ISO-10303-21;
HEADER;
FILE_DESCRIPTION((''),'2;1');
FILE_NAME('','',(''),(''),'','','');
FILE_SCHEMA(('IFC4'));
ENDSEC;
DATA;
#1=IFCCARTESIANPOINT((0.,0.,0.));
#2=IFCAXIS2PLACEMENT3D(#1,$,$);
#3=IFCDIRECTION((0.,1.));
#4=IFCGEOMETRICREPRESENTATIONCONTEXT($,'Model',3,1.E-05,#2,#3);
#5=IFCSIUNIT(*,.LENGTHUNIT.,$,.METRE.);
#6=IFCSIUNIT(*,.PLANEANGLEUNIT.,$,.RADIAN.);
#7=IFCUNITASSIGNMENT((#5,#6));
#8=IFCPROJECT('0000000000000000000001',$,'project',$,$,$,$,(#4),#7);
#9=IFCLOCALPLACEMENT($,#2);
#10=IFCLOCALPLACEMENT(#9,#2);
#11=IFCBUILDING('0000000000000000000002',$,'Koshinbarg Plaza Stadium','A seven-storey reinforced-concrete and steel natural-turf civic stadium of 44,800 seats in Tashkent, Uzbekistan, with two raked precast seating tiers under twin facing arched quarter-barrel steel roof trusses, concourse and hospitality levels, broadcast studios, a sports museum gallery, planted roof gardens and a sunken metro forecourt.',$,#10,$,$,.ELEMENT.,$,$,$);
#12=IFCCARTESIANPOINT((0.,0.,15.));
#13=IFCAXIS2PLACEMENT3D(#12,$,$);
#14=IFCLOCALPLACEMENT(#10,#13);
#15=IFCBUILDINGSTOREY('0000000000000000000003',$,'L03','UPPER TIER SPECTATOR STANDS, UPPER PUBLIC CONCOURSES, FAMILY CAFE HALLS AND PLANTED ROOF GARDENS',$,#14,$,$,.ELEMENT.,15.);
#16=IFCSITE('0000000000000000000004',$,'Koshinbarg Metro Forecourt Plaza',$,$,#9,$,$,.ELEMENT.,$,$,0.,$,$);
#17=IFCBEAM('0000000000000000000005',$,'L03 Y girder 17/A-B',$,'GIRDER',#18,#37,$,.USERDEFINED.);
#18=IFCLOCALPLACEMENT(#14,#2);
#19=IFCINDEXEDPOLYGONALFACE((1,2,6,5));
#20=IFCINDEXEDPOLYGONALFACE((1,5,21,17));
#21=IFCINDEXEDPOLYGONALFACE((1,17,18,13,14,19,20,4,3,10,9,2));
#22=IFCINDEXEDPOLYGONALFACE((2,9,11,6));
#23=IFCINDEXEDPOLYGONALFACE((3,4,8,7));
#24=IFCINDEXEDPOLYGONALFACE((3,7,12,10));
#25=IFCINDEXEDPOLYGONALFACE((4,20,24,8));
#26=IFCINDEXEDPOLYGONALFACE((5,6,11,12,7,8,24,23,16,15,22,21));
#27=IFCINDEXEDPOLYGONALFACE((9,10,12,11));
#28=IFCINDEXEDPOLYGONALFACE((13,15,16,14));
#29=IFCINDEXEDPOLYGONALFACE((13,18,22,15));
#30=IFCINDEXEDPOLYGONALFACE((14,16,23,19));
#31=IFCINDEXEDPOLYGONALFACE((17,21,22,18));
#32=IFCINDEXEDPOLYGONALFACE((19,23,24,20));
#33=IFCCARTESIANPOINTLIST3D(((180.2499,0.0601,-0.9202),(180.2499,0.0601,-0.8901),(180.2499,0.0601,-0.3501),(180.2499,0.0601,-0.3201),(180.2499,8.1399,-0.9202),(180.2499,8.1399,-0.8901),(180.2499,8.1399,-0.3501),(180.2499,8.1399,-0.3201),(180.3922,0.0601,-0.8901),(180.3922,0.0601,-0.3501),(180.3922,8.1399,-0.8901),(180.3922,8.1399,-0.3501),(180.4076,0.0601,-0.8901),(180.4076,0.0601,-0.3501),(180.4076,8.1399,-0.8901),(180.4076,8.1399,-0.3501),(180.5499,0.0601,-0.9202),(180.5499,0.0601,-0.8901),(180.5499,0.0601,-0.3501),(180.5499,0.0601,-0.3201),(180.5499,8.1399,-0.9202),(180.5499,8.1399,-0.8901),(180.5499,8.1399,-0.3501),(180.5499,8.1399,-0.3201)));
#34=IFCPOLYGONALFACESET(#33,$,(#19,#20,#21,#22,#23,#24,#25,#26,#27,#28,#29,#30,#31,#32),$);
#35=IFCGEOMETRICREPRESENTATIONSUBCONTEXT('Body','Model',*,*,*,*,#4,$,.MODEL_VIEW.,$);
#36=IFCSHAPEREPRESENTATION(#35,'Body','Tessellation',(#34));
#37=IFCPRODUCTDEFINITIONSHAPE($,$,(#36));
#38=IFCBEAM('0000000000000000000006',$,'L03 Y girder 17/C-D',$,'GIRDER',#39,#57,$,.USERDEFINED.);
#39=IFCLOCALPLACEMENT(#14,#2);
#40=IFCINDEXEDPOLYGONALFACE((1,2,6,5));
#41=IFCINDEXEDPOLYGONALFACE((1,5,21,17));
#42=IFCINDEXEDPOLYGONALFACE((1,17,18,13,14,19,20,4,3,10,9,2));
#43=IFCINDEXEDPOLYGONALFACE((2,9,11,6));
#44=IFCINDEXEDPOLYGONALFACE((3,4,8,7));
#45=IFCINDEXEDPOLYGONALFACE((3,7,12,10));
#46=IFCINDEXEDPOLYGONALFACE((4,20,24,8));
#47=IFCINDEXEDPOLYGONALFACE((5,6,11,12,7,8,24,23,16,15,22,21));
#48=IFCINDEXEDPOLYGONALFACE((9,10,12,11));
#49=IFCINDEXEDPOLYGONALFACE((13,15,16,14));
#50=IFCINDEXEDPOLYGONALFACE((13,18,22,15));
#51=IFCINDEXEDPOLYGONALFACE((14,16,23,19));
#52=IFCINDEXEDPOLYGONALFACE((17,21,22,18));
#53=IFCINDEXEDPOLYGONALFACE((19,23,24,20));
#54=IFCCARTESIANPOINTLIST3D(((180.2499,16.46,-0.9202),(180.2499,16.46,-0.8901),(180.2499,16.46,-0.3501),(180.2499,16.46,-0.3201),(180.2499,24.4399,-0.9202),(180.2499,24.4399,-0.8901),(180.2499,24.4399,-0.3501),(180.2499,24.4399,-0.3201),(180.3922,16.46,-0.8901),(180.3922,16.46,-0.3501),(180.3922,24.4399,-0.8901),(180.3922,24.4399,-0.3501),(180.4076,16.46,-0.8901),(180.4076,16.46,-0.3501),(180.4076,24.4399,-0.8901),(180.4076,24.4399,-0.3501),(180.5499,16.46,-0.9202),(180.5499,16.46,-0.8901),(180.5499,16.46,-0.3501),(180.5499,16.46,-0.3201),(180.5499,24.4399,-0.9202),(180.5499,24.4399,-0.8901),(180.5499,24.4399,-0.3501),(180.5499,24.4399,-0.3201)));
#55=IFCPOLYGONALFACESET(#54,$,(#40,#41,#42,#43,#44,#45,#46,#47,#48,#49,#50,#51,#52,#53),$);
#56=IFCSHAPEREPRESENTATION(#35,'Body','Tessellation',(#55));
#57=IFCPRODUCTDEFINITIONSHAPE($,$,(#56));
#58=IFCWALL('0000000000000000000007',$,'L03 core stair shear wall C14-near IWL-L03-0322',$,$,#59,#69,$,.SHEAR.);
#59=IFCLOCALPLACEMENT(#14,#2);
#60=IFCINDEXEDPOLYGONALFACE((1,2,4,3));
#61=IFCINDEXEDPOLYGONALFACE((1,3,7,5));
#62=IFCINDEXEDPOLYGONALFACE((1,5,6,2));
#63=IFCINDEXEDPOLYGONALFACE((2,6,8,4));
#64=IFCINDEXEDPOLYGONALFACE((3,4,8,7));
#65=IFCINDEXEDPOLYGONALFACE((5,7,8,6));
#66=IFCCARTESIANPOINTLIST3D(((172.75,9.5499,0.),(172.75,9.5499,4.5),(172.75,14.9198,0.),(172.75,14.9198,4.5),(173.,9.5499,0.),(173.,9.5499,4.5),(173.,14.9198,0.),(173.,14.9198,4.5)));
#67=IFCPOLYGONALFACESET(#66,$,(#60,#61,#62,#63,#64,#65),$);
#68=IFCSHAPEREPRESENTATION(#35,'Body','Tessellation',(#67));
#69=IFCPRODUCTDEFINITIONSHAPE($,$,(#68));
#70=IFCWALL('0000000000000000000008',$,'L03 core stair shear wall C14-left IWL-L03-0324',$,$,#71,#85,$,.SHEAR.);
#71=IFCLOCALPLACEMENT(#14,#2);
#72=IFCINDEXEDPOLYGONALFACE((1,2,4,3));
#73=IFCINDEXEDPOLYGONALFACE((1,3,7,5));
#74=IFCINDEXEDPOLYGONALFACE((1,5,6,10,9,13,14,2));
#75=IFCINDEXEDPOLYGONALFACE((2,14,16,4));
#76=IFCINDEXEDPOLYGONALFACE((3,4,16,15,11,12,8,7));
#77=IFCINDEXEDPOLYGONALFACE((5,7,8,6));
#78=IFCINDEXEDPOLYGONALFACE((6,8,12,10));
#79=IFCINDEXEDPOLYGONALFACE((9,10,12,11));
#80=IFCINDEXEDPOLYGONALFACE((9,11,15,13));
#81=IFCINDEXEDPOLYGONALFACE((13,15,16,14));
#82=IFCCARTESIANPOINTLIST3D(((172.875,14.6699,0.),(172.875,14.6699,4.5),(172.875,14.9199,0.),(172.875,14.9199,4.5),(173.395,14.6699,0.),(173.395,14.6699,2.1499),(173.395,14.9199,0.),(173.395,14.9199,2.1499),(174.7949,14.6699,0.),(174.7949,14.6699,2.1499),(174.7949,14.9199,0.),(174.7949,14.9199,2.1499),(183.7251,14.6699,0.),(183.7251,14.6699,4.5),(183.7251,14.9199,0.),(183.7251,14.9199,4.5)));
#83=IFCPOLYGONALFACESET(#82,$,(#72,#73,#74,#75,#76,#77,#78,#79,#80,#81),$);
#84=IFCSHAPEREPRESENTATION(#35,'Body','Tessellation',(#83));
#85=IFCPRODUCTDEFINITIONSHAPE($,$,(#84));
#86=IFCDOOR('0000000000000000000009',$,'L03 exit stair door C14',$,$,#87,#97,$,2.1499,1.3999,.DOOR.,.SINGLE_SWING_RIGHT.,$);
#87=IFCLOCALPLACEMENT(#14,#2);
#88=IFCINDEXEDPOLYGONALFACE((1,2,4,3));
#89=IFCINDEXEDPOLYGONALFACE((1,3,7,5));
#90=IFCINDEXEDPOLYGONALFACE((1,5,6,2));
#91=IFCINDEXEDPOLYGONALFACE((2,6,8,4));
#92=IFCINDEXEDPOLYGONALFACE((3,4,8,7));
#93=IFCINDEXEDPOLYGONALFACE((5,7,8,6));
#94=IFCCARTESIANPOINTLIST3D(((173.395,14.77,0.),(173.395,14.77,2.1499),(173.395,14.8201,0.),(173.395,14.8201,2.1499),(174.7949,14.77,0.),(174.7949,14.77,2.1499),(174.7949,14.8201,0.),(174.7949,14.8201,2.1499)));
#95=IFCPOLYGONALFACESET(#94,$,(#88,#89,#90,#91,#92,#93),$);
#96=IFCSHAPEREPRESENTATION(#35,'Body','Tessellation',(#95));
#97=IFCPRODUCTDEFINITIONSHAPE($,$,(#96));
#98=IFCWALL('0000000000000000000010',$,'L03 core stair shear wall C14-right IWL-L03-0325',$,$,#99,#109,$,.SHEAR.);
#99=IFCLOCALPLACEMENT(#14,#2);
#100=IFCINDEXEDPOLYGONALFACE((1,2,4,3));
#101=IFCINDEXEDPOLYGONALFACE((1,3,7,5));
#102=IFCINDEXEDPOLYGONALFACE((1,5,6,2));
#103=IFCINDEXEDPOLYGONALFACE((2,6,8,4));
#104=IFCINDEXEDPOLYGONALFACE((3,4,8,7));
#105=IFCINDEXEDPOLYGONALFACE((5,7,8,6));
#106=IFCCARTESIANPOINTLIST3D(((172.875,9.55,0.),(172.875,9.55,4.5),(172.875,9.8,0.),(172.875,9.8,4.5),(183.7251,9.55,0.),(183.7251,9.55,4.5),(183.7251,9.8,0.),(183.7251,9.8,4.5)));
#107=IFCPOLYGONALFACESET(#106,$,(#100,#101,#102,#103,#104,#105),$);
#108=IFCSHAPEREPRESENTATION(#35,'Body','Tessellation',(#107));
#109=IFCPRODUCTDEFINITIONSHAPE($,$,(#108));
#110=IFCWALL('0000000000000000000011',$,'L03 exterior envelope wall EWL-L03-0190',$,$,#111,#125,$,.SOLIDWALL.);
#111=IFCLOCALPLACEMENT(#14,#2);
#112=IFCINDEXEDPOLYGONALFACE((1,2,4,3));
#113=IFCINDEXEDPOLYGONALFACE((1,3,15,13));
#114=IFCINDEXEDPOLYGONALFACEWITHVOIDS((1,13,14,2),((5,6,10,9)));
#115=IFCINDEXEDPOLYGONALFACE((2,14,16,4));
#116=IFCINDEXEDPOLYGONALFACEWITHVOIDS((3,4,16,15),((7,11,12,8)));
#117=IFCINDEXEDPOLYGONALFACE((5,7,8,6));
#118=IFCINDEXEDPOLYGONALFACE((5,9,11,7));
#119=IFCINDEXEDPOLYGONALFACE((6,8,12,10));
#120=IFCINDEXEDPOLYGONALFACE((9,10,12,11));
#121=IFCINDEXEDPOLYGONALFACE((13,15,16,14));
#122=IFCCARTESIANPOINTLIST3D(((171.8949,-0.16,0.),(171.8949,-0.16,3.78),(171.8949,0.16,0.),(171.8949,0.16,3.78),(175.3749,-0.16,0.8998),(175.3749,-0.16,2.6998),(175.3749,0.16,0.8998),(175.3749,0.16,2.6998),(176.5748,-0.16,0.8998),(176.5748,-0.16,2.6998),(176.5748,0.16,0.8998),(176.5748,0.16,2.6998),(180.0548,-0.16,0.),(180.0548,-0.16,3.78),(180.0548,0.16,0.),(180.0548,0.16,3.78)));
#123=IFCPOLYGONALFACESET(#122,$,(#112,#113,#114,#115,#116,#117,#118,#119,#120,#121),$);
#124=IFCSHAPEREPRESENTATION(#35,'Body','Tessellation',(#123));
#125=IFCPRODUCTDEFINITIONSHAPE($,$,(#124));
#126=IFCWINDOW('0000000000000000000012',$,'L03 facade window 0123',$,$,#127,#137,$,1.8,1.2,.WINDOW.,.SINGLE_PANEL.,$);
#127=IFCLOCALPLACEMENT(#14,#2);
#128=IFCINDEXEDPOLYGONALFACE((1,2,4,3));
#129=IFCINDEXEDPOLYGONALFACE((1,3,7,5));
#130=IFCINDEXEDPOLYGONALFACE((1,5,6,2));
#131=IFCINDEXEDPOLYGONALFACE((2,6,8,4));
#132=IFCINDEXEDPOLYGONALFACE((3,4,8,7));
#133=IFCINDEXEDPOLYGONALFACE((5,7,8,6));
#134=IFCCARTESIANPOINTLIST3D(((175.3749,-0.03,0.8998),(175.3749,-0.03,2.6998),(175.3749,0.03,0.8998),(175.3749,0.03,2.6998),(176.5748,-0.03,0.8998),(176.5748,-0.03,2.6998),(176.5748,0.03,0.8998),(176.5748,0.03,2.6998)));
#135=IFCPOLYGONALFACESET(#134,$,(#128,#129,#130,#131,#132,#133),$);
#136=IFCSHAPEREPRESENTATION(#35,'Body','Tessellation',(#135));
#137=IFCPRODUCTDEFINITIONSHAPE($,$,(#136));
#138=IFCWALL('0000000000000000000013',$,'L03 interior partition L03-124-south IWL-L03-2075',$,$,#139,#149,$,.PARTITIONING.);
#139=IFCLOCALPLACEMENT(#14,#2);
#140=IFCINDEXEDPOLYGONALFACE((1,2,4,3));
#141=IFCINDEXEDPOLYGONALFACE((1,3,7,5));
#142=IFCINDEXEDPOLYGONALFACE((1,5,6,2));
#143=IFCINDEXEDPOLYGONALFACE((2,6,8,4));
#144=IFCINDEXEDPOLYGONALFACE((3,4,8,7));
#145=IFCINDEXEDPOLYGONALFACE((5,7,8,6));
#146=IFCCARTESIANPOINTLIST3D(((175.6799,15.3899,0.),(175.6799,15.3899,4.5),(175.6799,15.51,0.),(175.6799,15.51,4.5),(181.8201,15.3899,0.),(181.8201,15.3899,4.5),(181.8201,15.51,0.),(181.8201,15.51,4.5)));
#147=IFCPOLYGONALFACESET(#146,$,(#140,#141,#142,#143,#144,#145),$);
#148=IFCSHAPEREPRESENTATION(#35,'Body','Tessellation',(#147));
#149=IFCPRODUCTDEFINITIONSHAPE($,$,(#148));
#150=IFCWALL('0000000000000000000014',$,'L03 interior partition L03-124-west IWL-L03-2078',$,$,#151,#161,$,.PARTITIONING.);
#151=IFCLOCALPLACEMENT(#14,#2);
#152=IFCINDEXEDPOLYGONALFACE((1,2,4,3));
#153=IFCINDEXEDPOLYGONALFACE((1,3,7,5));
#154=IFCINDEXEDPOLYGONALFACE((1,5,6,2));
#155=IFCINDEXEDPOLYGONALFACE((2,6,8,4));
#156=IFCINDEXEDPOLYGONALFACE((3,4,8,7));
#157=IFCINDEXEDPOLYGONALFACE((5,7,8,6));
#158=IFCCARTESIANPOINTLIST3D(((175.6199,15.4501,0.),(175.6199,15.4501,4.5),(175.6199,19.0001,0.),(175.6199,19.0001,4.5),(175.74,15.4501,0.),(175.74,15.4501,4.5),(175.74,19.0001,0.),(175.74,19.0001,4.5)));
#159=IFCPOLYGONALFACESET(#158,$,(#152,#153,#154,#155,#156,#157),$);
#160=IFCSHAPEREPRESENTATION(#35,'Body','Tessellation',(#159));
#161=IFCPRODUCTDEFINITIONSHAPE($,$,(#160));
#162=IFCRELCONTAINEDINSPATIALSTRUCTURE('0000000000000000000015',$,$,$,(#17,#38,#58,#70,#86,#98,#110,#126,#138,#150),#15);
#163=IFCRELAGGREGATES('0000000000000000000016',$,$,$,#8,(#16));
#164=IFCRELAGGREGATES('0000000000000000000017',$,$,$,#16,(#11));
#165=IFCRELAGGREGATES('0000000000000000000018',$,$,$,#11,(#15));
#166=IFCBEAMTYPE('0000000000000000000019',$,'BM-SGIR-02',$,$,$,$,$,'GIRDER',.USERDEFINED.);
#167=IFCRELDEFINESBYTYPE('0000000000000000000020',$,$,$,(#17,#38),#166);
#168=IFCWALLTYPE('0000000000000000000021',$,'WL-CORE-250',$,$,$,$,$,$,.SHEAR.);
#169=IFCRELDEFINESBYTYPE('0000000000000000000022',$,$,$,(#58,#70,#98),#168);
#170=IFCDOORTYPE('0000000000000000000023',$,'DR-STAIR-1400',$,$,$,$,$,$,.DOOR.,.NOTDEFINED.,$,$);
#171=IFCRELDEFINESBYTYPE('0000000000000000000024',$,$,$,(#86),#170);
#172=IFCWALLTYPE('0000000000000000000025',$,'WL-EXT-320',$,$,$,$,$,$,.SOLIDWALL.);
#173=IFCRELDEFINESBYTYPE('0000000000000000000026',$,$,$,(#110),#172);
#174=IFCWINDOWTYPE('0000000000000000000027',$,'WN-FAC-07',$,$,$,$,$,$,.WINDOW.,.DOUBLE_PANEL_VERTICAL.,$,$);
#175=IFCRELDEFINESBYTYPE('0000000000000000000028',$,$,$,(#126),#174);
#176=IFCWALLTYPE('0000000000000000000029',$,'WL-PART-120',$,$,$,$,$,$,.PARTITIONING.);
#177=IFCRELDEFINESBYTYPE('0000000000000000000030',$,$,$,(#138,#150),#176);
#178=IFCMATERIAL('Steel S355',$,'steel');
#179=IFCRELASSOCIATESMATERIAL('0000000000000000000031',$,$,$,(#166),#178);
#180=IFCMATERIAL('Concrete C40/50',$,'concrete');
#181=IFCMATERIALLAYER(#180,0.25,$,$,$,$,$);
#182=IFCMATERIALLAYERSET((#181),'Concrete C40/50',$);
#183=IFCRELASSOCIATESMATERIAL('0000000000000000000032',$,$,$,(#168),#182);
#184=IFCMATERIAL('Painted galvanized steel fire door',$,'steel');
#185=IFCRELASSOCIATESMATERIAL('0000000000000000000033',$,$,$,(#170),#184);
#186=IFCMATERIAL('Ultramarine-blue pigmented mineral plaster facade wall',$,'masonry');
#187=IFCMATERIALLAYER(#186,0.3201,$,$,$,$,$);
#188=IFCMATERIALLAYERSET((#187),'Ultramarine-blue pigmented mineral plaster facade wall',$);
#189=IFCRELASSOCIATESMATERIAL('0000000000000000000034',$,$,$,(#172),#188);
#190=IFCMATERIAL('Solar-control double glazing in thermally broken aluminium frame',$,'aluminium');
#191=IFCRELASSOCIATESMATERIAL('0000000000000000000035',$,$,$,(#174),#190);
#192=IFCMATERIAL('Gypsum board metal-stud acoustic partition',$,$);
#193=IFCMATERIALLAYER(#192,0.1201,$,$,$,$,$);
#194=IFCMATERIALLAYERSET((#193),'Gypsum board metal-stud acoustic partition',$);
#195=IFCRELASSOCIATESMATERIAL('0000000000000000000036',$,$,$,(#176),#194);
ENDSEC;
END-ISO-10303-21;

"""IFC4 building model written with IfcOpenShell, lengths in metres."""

from ifc_helpers import new_model, si_unit, direction, frame, frame_2d, origin, origin_2d, place, context, subcontext, project, spatial, rectangle, i_section, extrude, material, layer, layer_set, material_profile, profile_set, type_object, element, fill, save


model = new_model("IFC4")

# Units and contexts
model_context = context("Model", 3, precision=1e-05, world=origin(), true_north=direction((0.0, 1.0)))
body_context = subcontext(model_context, "Body", "Model", "MODEL_VIEW")
ifc_project = project(units=[si_unit("LENGTHUNIT", "METRE"), si_unit("PLANEANGLEUNIT", "RADIAN")], contexts=[model_context])

# Site, building, storey
site_placement = place(None, origin())
site = spatial("IfcSite", under=ifc_project, at=site_placement, Name="Koshinbarg Metro Forecourt Plaza", CompositionType="ELEMENT", RefElevation=0.0)
building_placement = place(site_placement, origin())
building = spatial("IfcBuilding", under=site, at=building_placement, Name="Koshinbarg Plaza Stadium", Description="A seven-storey reinforced-concrete and steel natural-turf civic stadium of 44,800 seats in Tashkent, Uzbekistan, with two raked precast seating tiers under twin facing arched quarter-barrel steel roof trusses, concourse and hospitality levels, broadcast studios, a sports museum gallery, planted roof gardens and a sunken metro forecourt.", CompositionType="ELEMENT")
storey_placement = place(building_placement, frame((0.0, 0.0, 15.0)))
storey = spatial("IfcBuildingStorey", under=building, at=storey_placement, Name="L03", Description="UPPER TIER SPECTATOR STANDS, UPPER PUBLIC CONCOURSES, FAMILY CAFE HALLS AND PLANTED ROOF GARDENS", CompositionType="ELEMENT", Elevation=15.0)

# Shared definitions
ifc_material_1 = material(Name="Concrete C40/50", Category="concrete")

# Beams
ifc_material_2 = material(Name="Steel S355", Category="steel")
ifc_material_profile_1 = material_profile(ifc_material_2, i_section(OverallWidth=0.3, OverallDepth=0.6001, WebThickness=0.0154, FlangeThickness=0.03, at=origin_2d()), Name="HEB 600")
ifc_profile_set_1 = profile_set([ifc_material_profile_1], Name="Steel S355")
beam_type_1 = type_object("IfcBeamType", Name="BM-SGIR-02", ElementType="GIRDER", PredefinedType="USERDEFINED", material=ifc_profile_set_1)
beam_1_placement = place(storey_placement, frame((180.3999, 0.0601, -0.6201), z_axis=(0.0, 1.0, 0.0), x_axis=(-1.0, 0.0, 0.0)))
element("IfcBeam", 1, at=beam_1_placement, inside=storey, type_object=beam_type_1, Name="L03 Y girder 17/A-B", ObjectType="GIRDER", PredefinedType="USERDEFINED", context=body_context, shape_type="SweptSolid", body=[
    extrude(i_section(OverallWidth=0.3, OverallDepth=0.6001, WebThickness=0.0154, FlangeThickness=0.03, at=origin_2d()), origin(), (0.0, 0.0, 1.0), 8.0798),
])
beam_2_placement = place(storey_placement, frame((180.3999, 16.46, -0.6201), z_axis=(0.0, 1.0, 0.0), x_axis=(-1.0, 0.0, 0.0)))
element("IfcBeam", 2, at=beam_2_placement, inside=storey, type_object=beam_type_1, Name="L03 Y girder 17/C-D", ObjectType="GIRDER", PredefinedType="USERDEFINED", context=body_context, shape_type="SweptSolid", body=[
    extrude(i_section(OverallWidth=0.3, OverallDepth=0.6001, WebThickness=0.0154, FlangeThickness=0.03, at=origin_2d()), origin(), (0.0, 0.0, 1.0), 7.98),
])

# Wall
ifc_layer_1 = layer(ifc_material_1, 0.25)
ifc_layer_set_1 = layer_set([ifc_layer_1], Name="Concrete C40/50")
wall_type_1 = type_object("IfcWallType", Name="WL-CORE-250", PredefinedType="SHEAR", material=ifc_layer_set_1)
wall_1_placement = place(storey_placement, frame((172.875, 14.9199, 0.0), z_axis=(0.0, 0.0, 1.0), x_axis=(0.0, -1.0, 0.0)))
element("IfcWall", 3, at=wall_1_placement, inside=storey, type_object=wall_type_1, Name="L03 core stair shear wall C14-near IWL-L03-0322", PredefinedType="SHEAR", context=body_context, shape_type="SweptSolid", body=[
    extrude(rectangle(XDim=5.3699, YDim=0.25, at=frame_2d((2.6851, 0.0))), origin(), (0.0, 0.0, 1.0), 4.5),
])

# Wall, opening, door
wall_2_placement = place(storey_placement, frame((172.875, 14.7949, 0.0), z_axis=(0.0, 0.0, 1.0), x_axis=(1.0, 0.0, 0.0)))
wall_2 = element("IfcWall", 4, at=wall_2_placement, inside=storey, type_object=wall_type_1, Name="L03 core stair shear wall C14-left IWL-L03-0324", PredefinedType="SHEAR", context=body_context, shape_type="SweptSolid", body=[
    extrude(rectangle(XDim=10.8501, YDim=0.25, at=frame_2d((5.425, 0.0))), origin(), (0.0, 0.0, 1.0), 4.5),
])
opening_1_placement = place(wall_2_placement, frame((0.52, 0.0, 0.0)))
opening_1 = element("IfcOpeningElement", 5, at=opening_1_placement, cuts=wall_2, PredefinedType="OPENING", context=body_context, shape_type="SweptSolid", body=[
    extrude(rectangle(XDim=1.3999, YDim=2.1499, at=frame_2d((0.7, 1.075))), frame((0.0, 0.135, 0.0), z_axis=(0.0, -1.0, 0.0), x_axis=(1.0, 0.0, 0.0)), (0.0, 0.0, 1.0), 0.27),
])
ifc_material_3 = material(Name="Painted galvanized steel fire door", Category="steel")
door_type = type_object("IfcDoorType", Name="DR-STAIR-1400", OperationType="NOTDEFINED", PredefinedType="DOOR", material=ifc_material_3)
door_placement = place(opening_1_placement, frame((1.3999, 0.0, 0.0), z_axis=(0.0, 0.0, 1.0), x_axis=(-1.0, 0.0, 0.0)))
door = element("IfcDoor", 6, at=door_placement, inside=storey, type_object=door_type, Name="L03 exit stair door C14", OperationType="SINGLE_SWING_RIGHT", OverallHeight=2.1499, OverallWidth=1.3999, PredefinedType="DOOR", context=body_context, shape_type="SweptSolid", body=[
    extrude(rectangle(XDim=1.3999, YDim=2.1499, at=frame_2d((0.7, 1.075))), frame((0.0, 0.0249, 0.0), z_axis=(0.0, -1.0, 0.0), x_axis=(1.0, 0.0, 0.0)), (0.0, 0.0, 1.0), 0.05),
])
fill(opening_1, door)

# Wall
wall_3_placement = place(storey_placement, frame((172.875, 9.675, 0.0), z_axis=(0.0, 0.0, 1.0), x_axis=(1.0, 0.0, 0.0)))
element("IfcWall", 7, at=wall_3_placement, inside=storey, type_object=wall_type_1, Name="L03 core stair shear wall C14-right IWL-L03-0325", PredefinedType="SHEAR", context=body_context, shape_type="SweptSolid", body=[
    extrude(rectangle(XDim=10.8501, YDim=0.25, at=frame_2d((5.425, 0.0))), origin(), (0.0, 0.0, 1.0), 4.5),
])

# Wall, opening, window
ifc_material_4 = material(Name="Ultramarine-blue pigmented mineral plaster facade wall", Category="masonry")
ifc_layer_2 = layer(ifc_material_4, 0.3201)
ifc_layer_set_2 = layer_set([ifc_layer_2], Name="Ultramarine-blue pigmented mineral plaster facade wall")
wall_type_2 = type_object("IfcWallType", Name="WL-EXT-320", PredefinedType="SOLIDWALL", material=ifc_layer_set_2)
wall_4_placement = place(storey_placement, frame((180.0549, 0.0, 0.0), z_axis=(0.0, 0.0, 1.0), x_axis=(-1.0, 0.0, 0.0)))
wall_4 = element("IfcWall", 8, at=wall_4_placement, inside=storey, type_object=wall_type_2, Name="L03 exterior envelope wall EWL-L03-0190", PredefinedType="SOLIDWALL", context=body_context, shape_type="SweptSolid", body=[
    extrude(rectangle(XDim=8.1599, YDim=0.3201, at=frame_2d((4.0801, 0.0))), origin(), (0.0, 0.0, 1.0), 3.78),
])
opening_2_placement = place(wall_4_placement, frame((3.48, 0.0, 0.8999)))
opening_2 = element("IfcOpeningElement", 9, at=opening_2_placement, cuts=wall_4, PredefinedType="OPENING", context=body_context, shape_type="SweptSolid", body=[
    extrude(rectangle(XDim=1.2, YDim=1.8, at=frame_2d((0.6001, 0.8999))), frame((0.0, 0.1699, 0.0), z_axis=(0.0, -1.0, 0.0), x_axis=(1.0, 0.0, 0.0)), (0.0, 0.0, 1.0), 0.3401),
])
ifc_material_5 = material(Name="Solar-control double glazing in thermally broken aluminium frame", Category="aluminium")
window_type = type_object("IfcWindowType", Name="WN-FAC-07", PartitioningType="DOUBLE_PANEL_VERTICAL", PredefinedType="WINDOW", material=ifc_material_5)
window_placement = place(opening_2_placement, origin())
window = element("IfcWindow", 10, at=window_placement, inside=storey, type_object=window_type, Name="L03 facade window 0123", OverallHeight=1.8, OverallWidth=1.2, PartitioningType="SINGLE_PANEL", PredefinedType="WINDOW", context=body_context, shape_type="SweptSolid", body=[
    extrude(rectangle(XDim=1.2, YDim=1.8, at=frame_2d((0.6001, 0.8999))), frame((0.0, 0.03, 0.0), z_axis=(0.0, -1.0, 0.0), x_axis=(1.0, 0.0, 0.0)), (0.0, 0.0, 1.0), 0.0601),
])
fill(opening_2, window)

# Walls
ifc_material_6 = material(Name="Gypsum board metal-stud acoustic partition")
ifc_layer_3 = layer(ifc_material_6, 0.1201)
ifc_layer_set_3 = layer_set([ifc_layer_3], Name="Gypsum board metal-stud acoustic partition")
wall_type_3 = type_object("IfcWallType", Name="WL-PART-120", PredefinedType="PARTITIONING", material=ifc_layer_set_3)
wall_5_placement = place(storey_placement, frame((175.6799, 15.45, 0.0), z_axis=(0.0, 0.0, 1.0), x_axis=(1.0, 0.0, 0.0)))
element("IfcWall", 11, at=wall_5_placement, inside=storey, type_object=wall_type_3, Name="L03 interior partition L03-124-south IWL-L03-2075", PredefinedType="PARTITIONING", context=body_context, shape_type="SweptSolid", body=[
    extrude(rectangle(XDim=6.1401, YDim=0.1201, at=frame_2d((3.0701, 0.0))), origin(), (0.0, 0.0, 1.0), 4.5),
])
wall_6_placement = place(storey_placement, frame((175.6799, 19.0, 0.0), z_axis=(0.0, 0.0, 1.0), x_axis=(0.0, -1.0, 0.0)))
element("IfcWall", 12, at=wall_6_placement, inside=storey, type_object=wall_type_3, Name="L03 interior partition L03-124-west IWL-L03-2078", PredefinedType="PARTITIONING", context=body_context, shape_type="SweptSolid", body=[
    extrude(rectangle(XDim=3.55, YDim=0.1201, at=frame_2d((1.7749, 0.0))), origin(), (0.0, 0.0, 1.0), 4.5),
])

save(model, "model.ifc")
